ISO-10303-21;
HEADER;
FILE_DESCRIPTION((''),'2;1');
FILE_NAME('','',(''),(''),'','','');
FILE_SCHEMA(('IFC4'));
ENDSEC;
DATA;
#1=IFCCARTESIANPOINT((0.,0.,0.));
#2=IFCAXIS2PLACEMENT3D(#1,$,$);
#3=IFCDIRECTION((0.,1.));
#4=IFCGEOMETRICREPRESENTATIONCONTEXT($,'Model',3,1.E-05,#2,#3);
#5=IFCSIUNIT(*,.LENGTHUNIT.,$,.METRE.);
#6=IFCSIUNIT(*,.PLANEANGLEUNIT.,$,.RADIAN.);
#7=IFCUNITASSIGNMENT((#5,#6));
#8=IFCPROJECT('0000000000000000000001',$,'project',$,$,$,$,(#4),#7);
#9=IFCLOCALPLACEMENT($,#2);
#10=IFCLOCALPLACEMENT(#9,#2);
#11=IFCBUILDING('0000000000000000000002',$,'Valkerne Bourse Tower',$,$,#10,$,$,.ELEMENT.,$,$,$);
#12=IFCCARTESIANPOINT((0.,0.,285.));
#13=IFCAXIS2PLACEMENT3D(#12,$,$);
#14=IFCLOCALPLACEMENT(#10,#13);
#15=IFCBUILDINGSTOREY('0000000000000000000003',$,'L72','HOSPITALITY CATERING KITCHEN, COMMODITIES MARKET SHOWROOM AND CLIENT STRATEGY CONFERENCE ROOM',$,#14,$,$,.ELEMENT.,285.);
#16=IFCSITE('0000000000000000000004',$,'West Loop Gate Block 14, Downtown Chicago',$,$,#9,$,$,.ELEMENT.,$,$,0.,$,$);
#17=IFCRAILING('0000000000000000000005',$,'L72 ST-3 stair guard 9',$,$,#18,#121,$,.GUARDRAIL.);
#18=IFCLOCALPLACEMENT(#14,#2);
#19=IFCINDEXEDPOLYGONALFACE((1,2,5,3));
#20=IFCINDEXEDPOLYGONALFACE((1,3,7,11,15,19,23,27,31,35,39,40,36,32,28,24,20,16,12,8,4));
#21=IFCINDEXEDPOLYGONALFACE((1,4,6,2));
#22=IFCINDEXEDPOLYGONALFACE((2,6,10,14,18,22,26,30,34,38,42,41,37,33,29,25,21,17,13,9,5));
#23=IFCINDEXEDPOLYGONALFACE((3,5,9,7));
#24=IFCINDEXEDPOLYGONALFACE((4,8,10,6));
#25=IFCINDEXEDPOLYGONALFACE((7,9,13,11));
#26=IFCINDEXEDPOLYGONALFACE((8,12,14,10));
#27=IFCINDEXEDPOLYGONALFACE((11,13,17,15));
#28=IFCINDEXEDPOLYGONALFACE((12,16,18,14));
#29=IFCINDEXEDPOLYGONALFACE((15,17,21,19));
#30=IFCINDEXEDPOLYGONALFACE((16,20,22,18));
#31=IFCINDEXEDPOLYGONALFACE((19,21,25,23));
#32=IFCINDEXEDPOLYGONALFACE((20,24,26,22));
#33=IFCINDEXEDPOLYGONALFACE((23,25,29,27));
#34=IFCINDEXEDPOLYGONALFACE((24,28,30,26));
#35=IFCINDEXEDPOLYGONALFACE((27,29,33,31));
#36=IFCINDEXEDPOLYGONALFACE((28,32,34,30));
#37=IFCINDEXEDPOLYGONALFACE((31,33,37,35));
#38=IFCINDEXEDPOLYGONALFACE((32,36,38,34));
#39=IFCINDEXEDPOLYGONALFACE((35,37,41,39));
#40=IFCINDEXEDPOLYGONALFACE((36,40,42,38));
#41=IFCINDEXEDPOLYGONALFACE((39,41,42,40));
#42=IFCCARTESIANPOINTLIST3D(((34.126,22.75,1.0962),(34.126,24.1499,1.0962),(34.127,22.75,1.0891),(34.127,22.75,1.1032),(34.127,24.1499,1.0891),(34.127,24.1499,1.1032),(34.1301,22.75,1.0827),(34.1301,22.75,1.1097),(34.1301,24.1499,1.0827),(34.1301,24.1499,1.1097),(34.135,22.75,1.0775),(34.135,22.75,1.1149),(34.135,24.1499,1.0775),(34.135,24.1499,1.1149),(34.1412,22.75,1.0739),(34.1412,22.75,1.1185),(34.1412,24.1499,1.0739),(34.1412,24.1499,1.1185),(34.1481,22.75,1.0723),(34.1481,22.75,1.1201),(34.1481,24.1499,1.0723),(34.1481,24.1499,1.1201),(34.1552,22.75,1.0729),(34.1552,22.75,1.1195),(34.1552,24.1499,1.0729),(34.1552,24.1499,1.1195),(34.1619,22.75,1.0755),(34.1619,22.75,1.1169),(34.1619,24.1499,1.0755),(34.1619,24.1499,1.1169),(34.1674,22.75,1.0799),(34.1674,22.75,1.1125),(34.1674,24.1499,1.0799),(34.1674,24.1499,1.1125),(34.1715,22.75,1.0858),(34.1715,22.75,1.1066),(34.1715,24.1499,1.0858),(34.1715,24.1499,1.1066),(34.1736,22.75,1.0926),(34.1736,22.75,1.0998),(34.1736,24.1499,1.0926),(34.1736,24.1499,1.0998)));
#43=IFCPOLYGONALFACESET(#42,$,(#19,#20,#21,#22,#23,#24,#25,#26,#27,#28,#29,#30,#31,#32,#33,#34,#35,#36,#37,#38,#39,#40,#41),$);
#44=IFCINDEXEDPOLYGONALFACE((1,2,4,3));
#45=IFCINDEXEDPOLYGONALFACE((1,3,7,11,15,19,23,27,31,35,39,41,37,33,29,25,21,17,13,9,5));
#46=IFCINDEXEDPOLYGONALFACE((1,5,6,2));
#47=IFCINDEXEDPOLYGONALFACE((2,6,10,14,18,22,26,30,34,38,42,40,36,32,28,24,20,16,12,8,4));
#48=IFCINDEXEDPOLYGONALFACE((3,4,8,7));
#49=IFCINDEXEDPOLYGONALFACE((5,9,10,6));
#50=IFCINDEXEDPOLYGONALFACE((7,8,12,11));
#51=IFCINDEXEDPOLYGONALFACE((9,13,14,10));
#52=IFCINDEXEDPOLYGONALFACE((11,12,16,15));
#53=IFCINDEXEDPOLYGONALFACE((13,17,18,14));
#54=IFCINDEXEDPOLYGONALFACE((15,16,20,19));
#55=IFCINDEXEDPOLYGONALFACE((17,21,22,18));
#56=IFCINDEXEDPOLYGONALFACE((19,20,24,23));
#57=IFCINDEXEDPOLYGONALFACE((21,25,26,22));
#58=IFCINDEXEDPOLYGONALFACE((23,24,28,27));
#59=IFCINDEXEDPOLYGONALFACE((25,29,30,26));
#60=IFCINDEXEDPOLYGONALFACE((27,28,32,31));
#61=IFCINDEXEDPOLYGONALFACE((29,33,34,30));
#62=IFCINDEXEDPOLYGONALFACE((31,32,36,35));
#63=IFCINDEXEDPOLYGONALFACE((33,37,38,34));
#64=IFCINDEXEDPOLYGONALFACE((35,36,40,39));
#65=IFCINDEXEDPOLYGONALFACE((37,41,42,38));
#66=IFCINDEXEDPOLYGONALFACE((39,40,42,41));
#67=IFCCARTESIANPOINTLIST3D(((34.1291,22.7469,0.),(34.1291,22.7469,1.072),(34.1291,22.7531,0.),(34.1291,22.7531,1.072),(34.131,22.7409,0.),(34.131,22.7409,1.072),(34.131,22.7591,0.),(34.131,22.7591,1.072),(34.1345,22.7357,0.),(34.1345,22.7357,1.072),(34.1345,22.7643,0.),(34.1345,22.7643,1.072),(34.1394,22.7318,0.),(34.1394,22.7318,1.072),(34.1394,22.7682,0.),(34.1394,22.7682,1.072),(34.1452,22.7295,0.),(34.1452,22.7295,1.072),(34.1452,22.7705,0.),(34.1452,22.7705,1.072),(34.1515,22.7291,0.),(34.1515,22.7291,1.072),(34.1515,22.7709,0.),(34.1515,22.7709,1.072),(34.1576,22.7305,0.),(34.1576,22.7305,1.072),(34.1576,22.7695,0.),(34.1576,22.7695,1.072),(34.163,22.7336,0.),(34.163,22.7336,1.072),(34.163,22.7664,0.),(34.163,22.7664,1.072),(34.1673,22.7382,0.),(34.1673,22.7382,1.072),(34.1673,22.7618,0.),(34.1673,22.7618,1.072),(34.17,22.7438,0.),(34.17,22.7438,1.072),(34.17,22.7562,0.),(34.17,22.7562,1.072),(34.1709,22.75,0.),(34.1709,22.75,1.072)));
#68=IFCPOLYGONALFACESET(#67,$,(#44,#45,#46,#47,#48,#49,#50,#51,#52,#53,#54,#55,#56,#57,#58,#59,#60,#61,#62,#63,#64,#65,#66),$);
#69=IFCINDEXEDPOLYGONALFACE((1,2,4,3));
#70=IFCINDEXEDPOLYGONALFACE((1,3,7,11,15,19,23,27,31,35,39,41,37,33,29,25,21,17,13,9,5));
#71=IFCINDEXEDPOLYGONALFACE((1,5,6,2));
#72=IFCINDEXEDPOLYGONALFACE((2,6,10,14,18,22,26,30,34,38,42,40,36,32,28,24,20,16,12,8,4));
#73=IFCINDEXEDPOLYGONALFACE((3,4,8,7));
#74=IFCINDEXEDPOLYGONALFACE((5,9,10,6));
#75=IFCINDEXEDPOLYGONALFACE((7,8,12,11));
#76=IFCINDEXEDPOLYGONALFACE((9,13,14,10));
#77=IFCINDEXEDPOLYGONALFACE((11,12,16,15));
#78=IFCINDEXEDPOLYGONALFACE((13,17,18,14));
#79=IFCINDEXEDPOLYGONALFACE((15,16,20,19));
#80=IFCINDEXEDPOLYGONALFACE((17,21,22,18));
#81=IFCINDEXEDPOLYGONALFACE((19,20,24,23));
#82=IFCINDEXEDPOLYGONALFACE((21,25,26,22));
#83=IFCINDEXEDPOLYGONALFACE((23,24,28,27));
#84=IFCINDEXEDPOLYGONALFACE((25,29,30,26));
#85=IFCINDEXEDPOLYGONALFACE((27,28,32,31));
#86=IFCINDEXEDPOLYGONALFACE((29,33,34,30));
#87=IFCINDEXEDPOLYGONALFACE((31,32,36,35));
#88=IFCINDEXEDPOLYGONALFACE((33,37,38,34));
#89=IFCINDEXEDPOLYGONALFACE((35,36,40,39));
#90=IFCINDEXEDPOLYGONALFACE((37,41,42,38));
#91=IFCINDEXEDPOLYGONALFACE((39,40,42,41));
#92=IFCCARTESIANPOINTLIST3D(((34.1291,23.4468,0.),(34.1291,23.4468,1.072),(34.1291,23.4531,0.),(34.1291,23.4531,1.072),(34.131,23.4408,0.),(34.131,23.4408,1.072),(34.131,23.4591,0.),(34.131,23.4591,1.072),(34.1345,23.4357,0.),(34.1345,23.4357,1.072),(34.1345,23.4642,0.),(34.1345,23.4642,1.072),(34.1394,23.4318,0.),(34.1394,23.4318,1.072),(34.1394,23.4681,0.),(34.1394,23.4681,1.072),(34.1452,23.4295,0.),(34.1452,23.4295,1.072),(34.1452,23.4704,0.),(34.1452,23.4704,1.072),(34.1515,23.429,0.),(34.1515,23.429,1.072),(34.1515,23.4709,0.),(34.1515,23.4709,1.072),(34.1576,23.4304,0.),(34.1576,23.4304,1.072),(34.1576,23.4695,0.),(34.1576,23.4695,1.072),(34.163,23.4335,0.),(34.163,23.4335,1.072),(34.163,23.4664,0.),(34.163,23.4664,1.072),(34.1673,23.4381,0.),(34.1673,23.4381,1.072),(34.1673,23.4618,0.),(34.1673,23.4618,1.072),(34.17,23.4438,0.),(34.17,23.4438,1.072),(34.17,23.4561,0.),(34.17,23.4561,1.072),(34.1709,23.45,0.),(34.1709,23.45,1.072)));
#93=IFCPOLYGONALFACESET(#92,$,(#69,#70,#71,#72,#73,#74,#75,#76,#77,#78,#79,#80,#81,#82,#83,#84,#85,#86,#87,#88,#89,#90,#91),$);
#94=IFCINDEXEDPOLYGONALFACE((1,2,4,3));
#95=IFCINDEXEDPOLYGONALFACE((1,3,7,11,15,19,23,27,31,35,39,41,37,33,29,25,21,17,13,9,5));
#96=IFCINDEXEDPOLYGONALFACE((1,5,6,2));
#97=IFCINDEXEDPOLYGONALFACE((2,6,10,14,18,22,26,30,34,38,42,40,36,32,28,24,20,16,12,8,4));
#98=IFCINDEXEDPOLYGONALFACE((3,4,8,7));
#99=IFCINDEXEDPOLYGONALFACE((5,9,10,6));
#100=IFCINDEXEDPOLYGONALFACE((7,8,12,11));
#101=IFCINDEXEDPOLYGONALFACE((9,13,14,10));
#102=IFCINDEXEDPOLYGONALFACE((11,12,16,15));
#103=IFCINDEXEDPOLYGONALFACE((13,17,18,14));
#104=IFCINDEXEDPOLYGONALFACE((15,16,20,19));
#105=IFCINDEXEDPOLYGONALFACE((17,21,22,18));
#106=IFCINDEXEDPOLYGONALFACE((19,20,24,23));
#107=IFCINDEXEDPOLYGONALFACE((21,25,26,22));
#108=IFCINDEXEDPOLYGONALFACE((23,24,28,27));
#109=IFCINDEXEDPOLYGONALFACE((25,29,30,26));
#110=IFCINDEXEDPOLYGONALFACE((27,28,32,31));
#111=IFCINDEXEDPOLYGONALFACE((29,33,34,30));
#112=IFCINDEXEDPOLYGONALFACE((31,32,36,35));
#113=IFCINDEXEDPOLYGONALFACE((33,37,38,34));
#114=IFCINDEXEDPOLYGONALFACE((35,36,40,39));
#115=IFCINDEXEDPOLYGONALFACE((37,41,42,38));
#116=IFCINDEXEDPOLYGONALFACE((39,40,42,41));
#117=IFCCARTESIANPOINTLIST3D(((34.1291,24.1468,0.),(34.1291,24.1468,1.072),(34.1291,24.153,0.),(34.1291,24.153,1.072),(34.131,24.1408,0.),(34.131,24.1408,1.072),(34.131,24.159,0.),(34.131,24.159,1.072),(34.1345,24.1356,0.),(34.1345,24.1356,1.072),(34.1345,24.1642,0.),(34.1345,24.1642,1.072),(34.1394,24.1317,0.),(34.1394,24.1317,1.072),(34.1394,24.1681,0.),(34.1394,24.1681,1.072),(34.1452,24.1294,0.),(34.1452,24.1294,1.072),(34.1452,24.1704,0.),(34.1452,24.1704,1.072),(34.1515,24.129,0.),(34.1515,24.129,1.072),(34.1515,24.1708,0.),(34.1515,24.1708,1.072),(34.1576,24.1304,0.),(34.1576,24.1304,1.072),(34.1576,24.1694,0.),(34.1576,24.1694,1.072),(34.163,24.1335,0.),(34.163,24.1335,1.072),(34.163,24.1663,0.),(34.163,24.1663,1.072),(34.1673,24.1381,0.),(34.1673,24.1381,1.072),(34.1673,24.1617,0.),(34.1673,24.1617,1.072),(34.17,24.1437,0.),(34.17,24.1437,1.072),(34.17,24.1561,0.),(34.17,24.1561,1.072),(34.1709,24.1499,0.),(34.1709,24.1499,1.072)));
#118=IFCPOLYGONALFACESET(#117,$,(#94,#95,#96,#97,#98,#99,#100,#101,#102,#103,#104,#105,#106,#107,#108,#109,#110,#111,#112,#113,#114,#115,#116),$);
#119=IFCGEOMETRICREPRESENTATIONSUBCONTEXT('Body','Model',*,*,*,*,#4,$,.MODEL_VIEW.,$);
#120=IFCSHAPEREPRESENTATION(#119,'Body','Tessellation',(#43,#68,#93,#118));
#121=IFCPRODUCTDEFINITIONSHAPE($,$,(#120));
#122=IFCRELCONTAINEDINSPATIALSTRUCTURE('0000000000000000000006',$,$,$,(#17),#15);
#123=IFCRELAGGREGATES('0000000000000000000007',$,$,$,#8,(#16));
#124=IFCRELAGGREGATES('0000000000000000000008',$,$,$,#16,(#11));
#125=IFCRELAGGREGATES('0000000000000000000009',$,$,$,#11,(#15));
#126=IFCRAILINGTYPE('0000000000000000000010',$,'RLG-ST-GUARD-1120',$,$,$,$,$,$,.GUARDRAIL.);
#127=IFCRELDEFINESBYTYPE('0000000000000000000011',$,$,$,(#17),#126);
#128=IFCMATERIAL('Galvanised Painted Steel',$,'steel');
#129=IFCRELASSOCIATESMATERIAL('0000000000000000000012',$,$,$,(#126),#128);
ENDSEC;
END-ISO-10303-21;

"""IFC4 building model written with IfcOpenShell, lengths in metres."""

from ifc_helpers import new_model, si_unit, direction, frame, origin, origin_2d, place, context, subcontext, project, spatial, circle, extrude, material, type_object, element, save


model = new_model("IFC4")

# Units and contexts
model_context = context("Model", 3, precision=1e-05, world=origin(), true_north=direction((0.0, 1.0)))
body_context = subcontext(model_context, "Body", "Model", "MODEL_VIEW")
ifc_project = project(units=[si_unit("LENGTHUNIT", "METRE"), si_unit("PLANEANGLEUNIT", "RADIAN")], contexts=[model_context])

# Site, building, storey
site_placement = place(None, origin())
site = spatial("IfcSite", under=ifc_project, at=site_placement, Name="West Loop Gate Block 14, Downtown Chicago", CompositionType="ELEMENT", RefElevation=0.0)
building_placement = place(site_placement, origin())
building = spatial("IfcBuilding", under=site, at=building_placement, Name="Valkerne Bourse Tower", CompositionType="ELEMENT")
storey_placement = place(building_placement, frame((0.0, 0.0, 285.0)))
storey = spatial("IfcBuildingStorey", under=building, at=storey_placement, Name="L72", Description="HOSPITALITY CATERING KITCHEN, COMMODITIES MARKET SHOWROOM AND CLIENT STRATEGY CONFERENCE ROOM", CompositionType="ELEMENT", Elevation=285.0)

# Shared definitions
ifc_material_1 = material(Name="Galvanised Painted Steel", Category="steel")

# Railing
railing_type_1 = type_object("IfcRailingType", Name="RLG-ST-GUARD-1120", PredefinedType="GUARDRAIL", material=ifc_material_1)
railing_1_placement = place(storey_placement, frame((34.1499, 22.75, 0.0)))
element("IfcRailing", 1, at=railing_1_placement, inside=storey, type_object=railing_type_1, Name="L72 ST-3 stair guard 9", PredefinedType="GUARDRAIL", context=body_context, shape_type="SweptSolid", body=[
    extrude(circle(Radius=0.0239, at=origin_2d()), frame((0.0, 0.0, 1.0962), z_axis=(0.0, 1.0, 0.0), x_axis=(-1.0, 0.0, 0.0)), (0.0, 0.0, 1.0), 1.3999),
    extrude(circle(Radius=0.021, at=origin_2d()), origin(), (0.0, 0.0, 1.0), 1.072),
    extrude(circle(Radius=0.021, at=origin_2d()), frame((0.0, 0.7, 0.0)), (0.0, 0.0, 1.0), 1.072),
    extrude(circle(Radius=0.021, at=origin_2d()), frame((0.0, 1.3999, 0.0)), (0.0, 0.0, 1.0), 1.072),
])

save(model, "model.ifc")
